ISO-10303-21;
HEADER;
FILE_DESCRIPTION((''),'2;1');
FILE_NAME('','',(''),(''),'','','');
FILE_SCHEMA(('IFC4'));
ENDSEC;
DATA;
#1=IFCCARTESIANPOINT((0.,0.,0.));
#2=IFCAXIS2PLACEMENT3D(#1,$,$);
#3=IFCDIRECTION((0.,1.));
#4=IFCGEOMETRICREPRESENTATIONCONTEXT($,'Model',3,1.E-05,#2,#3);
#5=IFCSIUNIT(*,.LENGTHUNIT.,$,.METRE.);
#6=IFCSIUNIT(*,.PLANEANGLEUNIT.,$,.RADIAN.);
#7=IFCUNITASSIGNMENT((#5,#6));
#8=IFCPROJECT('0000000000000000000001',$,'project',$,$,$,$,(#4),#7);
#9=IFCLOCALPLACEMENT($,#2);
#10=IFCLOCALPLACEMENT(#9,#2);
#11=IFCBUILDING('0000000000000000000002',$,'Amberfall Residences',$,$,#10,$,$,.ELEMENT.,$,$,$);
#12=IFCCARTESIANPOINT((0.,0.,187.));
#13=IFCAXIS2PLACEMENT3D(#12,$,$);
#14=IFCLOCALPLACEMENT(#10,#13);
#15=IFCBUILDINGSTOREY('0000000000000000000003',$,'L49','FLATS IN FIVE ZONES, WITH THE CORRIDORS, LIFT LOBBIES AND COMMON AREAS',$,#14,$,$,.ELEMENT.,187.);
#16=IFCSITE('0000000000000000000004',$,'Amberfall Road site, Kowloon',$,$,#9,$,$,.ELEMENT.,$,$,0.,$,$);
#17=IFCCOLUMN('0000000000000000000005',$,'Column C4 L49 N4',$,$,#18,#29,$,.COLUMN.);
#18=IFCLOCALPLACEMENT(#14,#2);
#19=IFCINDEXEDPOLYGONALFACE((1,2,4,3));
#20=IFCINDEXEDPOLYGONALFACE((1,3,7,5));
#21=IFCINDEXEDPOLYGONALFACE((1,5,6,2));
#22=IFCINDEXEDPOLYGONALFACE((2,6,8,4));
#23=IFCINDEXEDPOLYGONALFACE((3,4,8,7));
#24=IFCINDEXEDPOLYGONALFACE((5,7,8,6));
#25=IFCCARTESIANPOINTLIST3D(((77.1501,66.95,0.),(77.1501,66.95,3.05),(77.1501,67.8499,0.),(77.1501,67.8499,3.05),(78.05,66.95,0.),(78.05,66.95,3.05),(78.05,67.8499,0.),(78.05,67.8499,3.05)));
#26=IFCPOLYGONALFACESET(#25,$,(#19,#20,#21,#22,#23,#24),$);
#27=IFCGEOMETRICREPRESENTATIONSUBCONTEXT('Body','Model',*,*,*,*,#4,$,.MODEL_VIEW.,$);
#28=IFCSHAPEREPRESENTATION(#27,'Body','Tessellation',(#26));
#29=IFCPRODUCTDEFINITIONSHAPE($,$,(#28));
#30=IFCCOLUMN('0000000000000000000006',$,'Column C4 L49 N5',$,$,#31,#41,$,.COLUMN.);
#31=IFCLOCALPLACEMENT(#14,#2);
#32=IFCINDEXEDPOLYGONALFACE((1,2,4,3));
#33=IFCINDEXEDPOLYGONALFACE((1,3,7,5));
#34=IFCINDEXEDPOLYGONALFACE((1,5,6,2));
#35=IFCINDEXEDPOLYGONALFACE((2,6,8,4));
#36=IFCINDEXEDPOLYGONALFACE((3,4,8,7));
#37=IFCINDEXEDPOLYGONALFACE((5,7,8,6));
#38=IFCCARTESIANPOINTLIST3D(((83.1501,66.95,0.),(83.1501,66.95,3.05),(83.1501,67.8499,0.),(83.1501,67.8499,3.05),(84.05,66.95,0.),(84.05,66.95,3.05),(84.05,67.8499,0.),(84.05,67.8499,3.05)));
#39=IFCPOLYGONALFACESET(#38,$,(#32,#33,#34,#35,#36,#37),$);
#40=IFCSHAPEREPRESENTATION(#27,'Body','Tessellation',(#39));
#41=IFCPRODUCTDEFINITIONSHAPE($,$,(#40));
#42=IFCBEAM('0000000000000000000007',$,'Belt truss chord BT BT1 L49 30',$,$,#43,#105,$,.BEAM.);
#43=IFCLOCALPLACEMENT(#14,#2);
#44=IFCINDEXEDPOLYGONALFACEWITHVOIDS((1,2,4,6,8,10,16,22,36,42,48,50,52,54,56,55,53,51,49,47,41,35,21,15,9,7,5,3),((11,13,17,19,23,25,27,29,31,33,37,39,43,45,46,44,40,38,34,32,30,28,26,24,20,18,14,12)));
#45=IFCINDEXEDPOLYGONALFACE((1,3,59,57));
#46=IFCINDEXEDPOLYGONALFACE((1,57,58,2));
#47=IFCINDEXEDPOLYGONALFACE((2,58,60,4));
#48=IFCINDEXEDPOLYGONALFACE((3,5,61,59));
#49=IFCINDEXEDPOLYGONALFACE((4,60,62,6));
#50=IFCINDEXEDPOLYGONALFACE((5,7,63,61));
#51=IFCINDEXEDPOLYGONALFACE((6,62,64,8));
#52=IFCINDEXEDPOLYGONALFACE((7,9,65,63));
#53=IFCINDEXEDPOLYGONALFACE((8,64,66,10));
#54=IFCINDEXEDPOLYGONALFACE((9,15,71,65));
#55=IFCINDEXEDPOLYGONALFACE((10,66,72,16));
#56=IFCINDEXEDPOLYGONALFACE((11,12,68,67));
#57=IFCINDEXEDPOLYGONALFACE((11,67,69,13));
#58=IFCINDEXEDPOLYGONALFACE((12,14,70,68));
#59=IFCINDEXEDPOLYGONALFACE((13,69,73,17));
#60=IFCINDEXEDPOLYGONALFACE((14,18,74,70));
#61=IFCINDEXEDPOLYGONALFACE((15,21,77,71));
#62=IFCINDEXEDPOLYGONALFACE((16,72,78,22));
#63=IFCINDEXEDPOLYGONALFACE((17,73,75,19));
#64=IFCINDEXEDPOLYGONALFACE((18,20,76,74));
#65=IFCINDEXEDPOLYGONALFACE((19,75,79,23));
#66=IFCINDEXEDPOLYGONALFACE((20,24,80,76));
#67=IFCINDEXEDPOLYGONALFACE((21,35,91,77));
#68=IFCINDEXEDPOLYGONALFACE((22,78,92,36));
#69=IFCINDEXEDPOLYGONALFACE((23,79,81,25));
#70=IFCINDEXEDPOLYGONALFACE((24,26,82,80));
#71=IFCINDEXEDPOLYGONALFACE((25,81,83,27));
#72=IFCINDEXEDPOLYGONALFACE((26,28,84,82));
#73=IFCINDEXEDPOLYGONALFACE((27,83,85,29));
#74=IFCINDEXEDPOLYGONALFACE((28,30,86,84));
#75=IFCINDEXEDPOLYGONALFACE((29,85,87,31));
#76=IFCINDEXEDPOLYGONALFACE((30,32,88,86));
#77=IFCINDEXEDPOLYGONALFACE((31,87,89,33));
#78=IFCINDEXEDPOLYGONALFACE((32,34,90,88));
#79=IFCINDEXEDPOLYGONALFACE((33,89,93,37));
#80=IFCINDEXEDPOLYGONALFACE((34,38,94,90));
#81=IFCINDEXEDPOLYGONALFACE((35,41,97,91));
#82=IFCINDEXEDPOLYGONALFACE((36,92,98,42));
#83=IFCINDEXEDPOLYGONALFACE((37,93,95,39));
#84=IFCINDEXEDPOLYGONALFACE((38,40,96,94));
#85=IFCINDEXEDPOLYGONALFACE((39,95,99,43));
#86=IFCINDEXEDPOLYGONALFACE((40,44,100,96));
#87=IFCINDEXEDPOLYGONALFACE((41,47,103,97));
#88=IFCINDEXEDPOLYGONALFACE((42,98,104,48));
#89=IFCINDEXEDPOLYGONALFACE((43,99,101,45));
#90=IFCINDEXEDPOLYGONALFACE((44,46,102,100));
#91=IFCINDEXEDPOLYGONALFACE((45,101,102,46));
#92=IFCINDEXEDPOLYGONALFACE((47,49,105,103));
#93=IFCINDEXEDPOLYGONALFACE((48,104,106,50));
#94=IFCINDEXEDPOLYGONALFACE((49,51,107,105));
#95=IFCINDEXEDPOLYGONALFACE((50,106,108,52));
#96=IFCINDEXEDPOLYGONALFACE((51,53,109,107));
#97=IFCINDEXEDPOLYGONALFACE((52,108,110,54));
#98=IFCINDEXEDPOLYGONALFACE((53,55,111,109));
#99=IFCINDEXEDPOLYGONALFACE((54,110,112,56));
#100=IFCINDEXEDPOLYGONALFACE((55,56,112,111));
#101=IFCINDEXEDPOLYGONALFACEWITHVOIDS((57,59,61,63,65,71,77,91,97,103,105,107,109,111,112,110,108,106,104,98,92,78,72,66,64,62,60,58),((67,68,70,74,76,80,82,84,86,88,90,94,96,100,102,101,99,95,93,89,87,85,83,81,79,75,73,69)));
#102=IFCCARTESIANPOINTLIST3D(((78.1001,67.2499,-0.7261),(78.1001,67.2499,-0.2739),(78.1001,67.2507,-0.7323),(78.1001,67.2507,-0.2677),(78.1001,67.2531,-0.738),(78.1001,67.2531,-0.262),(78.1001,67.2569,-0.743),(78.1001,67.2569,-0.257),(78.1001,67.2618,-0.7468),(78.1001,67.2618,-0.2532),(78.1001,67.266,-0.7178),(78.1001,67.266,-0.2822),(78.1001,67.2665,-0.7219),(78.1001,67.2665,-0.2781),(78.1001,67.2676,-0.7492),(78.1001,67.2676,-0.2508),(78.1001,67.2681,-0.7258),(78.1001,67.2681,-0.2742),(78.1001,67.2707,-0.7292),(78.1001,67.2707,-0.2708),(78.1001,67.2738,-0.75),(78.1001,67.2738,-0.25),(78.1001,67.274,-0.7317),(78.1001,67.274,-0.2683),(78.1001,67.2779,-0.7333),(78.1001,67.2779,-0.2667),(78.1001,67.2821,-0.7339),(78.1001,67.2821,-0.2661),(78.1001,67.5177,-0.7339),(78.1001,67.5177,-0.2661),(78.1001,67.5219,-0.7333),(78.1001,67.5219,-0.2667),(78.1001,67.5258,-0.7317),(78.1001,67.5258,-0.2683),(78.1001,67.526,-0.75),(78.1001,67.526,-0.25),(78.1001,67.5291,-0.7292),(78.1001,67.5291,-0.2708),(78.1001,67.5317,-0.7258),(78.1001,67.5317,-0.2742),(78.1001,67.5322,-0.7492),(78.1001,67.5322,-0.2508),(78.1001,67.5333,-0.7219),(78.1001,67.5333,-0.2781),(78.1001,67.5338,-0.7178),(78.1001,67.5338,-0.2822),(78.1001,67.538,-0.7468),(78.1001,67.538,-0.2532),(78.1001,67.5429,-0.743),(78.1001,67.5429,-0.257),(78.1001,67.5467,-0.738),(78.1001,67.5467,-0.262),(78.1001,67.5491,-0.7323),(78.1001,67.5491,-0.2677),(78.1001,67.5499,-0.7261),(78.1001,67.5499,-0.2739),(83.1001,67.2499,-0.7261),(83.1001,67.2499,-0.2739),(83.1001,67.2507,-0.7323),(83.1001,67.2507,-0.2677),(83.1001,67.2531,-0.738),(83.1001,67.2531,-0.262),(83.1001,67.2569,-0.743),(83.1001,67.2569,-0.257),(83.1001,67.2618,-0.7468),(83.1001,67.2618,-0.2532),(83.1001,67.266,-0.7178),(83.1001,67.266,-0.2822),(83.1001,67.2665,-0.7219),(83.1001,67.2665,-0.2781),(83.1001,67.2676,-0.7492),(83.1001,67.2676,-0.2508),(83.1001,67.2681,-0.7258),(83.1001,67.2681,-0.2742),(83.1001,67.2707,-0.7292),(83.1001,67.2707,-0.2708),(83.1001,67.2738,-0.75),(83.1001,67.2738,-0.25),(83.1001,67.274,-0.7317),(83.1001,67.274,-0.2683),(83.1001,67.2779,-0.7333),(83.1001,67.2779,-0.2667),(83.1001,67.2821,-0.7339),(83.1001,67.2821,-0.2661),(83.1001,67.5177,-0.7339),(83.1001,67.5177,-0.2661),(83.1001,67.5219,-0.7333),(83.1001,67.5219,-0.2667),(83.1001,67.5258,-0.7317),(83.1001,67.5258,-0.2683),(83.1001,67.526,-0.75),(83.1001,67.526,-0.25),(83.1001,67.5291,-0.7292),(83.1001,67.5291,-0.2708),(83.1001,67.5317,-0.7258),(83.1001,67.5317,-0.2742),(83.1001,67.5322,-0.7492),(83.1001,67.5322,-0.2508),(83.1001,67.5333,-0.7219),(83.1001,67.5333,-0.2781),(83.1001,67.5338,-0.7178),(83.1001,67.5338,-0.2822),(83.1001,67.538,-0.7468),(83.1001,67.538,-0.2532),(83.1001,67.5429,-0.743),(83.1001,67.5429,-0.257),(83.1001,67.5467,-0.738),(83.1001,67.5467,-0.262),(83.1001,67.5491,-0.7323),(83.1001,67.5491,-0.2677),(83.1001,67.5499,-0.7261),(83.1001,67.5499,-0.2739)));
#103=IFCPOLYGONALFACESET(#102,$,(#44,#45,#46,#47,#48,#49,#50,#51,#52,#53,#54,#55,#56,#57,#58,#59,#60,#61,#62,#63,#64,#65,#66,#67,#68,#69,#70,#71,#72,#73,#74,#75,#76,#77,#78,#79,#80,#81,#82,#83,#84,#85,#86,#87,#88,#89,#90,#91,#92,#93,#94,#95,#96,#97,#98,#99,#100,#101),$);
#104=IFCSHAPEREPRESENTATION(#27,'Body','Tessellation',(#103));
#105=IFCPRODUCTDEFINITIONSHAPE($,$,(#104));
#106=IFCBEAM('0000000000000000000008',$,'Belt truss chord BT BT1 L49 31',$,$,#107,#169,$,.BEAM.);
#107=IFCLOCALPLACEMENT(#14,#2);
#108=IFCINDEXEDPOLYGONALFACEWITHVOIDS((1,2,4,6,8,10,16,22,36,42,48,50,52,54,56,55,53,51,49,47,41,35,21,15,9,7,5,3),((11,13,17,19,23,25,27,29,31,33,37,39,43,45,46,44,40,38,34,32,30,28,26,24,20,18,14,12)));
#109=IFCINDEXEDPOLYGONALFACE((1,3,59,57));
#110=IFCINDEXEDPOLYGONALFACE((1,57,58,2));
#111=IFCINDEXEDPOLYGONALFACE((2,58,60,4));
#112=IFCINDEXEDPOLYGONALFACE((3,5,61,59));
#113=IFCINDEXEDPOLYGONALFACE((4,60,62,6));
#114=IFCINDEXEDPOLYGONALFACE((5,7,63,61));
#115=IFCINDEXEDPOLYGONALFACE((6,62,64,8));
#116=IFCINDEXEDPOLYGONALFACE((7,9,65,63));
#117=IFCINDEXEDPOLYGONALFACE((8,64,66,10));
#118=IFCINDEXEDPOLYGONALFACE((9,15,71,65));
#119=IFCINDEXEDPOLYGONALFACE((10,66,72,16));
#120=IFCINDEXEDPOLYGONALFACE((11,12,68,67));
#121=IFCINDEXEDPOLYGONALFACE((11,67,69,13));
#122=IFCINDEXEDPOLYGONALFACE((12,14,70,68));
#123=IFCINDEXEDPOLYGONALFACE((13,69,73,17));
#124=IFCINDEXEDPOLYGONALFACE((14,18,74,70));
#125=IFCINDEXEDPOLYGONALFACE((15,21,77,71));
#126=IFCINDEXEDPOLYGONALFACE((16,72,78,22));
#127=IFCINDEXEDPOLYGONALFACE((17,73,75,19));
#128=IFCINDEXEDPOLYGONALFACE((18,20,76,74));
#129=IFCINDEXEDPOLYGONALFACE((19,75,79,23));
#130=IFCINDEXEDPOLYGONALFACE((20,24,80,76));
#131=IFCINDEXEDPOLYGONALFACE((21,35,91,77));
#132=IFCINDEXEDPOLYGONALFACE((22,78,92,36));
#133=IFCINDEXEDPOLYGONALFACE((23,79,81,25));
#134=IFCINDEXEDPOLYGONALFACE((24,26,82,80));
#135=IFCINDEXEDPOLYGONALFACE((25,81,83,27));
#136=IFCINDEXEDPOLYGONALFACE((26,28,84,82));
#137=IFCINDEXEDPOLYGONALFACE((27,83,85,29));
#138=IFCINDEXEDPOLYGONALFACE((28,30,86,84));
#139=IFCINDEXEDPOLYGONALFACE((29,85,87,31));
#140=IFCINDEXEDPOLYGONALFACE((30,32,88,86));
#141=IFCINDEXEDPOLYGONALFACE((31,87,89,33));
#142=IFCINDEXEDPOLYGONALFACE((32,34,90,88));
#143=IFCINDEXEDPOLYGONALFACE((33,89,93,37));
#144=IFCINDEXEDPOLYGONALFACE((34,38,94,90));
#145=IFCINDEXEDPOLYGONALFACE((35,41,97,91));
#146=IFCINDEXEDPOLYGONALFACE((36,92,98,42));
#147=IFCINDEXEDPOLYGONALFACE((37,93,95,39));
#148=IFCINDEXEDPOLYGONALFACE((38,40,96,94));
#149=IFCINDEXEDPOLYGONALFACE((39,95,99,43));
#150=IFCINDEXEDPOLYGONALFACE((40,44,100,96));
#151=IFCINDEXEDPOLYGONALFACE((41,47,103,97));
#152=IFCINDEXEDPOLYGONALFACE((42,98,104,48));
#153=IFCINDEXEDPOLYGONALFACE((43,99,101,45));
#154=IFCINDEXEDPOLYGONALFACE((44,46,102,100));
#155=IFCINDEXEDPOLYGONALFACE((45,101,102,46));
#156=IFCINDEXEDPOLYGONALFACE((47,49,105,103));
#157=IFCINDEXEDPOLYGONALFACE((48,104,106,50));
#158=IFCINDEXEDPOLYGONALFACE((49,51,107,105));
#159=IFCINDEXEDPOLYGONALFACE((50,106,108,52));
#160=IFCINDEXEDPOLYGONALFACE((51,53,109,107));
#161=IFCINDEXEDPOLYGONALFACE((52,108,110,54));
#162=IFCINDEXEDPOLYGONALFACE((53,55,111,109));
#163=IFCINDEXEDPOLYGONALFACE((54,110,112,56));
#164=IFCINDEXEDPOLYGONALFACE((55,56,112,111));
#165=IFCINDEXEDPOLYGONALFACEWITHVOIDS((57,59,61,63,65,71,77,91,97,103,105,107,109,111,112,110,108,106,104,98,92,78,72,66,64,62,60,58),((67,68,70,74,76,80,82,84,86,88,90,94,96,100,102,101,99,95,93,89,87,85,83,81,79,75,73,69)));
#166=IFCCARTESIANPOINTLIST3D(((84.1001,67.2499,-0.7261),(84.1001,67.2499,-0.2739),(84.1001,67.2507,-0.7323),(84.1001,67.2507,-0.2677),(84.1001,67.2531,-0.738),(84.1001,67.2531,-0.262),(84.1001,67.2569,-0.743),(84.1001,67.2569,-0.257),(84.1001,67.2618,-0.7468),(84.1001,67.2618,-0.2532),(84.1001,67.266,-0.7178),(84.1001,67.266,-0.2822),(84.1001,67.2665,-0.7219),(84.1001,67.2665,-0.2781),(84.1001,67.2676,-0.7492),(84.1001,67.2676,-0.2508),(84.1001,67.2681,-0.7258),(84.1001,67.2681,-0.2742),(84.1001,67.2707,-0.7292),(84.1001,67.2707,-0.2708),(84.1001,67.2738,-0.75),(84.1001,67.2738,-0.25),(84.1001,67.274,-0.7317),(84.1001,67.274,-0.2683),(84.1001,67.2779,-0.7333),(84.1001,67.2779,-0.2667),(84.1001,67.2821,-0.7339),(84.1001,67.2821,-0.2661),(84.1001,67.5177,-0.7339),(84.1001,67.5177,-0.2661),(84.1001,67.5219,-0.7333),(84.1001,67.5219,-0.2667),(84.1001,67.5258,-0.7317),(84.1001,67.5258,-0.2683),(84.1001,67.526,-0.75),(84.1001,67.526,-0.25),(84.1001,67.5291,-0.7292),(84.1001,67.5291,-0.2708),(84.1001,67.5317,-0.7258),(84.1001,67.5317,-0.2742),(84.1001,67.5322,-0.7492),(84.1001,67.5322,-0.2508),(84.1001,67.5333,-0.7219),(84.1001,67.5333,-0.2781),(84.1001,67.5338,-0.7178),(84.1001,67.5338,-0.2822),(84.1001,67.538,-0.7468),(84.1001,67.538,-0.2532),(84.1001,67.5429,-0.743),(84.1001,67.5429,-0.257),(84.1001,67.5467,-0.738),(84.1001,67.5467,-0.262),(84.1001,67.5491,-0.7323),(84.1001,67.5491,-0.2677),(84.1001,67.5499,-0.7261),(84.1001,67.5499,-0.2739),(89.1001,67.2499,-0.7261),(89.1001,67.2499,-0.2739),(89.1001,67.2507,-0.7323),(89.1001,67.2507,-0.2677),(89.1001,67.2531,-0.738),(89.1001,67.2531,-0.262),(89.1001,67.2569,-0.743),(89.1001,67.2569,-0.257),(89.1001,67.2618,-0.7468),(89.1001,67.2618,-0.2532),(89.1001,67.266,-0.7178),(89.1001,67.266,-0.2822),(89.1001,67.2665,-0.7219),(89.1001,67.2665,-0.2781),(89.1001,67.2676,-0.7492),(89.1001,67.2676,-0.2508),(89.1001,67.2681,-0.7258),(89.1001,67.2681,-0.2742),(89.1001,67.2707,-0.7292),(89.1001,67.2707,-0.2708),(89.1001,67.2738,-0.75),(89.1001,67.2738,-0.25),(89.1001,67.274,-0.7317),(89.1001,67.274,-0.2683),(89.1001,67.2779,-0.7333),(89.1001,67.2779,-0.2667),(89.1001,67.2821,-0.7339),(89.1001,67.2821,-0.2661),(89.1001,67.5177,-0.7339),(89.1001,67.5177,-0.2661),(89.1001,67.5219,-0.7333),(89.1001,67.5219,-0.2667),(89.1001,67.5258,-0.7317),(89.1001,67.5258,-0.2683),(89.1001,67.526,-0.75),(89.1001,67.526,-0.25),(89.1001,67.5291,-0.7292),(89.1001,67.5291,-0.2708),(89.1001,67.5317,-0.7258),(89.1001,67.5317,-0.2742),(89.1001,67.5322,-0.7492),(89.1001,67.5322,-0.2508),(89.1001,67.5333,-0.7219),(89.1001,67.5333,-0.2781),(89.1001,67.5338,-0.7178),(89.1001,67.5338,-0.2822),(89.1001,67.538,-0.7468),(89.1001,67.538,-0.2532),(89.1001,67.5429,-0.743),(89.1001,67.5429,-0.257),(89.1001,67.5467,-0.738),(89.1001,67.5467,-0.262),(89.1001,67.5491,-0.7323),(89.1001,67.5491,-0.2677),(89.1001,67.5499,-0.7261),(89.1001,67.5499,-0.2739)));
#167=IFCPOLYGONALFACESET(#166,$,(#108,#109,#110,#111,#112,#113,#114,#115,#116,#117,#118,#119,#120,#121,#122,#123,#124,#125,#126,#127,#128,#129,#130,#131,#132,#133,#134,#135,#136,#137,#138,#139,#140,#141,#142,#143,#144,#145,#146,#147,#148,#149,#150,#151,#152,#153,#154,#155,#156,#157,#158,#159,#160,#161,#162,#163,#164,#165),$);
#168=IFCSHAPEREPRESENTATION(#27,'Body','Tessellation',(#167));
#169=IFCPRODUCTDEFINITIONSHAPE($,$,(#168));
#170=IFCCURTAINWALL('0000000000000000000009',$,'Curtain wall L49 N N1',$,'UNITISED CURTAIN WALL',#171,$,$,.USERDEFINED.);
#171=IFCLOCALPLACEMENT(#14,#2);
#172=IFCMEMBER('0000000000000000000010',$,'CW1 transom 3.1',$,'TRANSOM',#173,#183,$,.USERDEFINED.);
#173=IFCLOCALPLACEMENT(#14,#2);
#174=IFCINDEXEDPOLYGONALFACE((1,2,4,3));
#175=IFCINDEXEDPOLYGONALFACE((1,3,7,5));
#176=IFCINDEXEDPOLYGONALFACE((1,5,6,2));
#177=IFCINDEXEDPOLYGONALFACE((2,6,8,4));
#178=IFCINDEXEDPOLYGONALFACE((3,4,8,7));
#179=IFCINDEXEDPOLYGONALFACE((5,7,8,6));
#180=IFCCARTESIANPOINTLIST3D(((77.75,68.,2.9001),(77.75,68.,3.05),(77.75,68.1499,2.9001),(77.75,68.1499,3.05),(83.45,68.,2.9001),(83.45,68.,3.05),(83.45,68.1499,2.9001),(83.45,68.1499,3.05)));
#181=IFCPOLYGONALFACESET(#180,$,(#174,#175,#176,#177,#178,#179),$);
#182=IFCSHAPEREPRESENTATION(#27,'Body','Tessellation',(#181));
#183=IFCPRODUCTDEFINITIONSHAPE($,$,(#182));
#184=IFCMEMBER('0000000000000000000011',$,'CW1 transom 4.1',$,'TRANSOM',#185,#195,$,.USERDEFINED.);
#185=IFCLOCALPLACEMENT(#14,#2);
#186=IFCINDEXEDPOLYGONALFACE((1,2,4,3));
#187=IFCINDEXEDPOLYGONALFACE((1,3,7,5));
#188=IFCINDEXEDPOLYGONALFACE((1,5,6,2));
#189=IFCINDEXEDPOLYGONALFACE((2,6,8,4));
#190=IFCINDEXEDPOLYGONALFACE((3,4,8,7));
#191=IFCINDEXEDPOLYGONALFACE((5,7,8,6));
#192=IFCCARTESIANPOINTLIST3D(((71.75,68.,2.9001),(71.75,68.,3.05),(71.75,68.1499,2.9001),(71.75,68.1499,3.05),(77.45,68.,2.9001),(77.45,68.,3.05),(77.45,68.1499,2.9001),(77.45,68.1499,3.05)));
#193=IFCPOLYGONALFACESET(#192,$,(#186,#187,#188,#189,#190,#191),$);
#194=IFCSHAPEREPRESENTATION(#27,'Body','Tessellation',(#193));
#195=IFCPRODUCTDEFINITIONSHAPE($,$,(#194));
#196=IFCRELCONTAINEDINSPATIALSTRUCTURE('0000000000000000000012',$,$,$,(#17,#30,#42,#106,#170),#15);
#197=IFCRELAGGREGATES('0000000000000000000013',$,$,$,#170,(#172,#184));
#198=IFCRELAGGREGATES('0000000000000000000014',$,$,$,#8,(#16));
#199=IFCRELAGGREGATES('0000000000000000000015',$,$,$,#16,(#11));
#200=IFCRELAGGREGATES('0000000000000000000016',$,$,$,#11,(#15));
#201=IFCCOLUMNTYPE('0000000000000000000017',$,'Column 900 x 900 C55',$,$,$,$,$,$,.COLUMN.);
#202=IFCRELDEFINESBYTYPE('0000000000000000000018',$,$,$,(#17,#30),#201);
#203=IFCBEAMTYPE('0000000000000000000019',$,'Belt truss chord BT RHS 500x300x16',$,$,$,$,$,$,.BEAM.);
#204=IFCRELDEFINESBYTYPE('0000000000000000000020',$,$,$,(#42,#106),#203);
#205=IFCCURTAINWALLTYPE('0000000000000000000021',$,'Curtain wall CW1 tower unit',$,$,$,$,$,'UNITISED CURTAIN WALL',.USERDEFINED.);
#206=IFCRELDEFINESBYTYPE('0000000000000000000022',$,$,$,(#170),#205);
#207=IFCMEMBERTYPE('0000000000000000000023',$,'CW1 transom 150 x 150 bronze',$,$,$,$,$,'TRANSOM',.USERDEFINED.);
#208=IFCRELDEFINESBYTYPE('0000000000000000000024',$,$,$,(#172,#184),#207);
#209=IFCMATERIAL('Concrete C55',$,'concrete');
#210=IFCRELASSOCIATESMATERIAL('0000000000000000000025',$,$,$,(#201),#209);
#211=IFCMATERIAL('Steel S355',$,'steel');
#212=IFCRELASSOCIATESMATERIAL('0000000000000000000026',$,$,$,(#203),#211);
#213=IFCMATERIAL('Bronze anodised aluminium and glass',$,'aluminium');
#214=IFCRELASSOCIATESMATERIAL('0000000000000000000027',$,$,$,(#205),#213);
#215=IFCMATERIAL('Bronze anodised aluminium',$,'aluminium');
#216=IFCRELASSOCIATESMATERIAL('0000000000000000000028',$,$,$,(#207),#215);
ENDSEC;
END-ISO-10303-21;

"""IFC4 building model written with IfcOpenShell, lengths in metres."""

from ifc_helpers import new_model, si_unit, direction, frame, origin, origin_2d, place, context, subcontext, project, spatial, rectangle, hollow_rectangle, extrude, material, material_profile, profile_set, type_object, element, aggregate, save


model = new_model("IFC4")

# Units and contexts
model_context = context("Model", 3, precision=1e-05, world=origin(), true_north=direction((0.0, 1.0)))
body_context = subcontext(model_context, "Body", "Model", "MODEL_VIEW")
ifc_project = project(units=[si_unit("LENGTHUNIT", "METRE"), si_unit("PLANEANGLEUNIT", "RADIAN")], contexts=[model_context])

# Site, building, storey
site_placement = place(None, origin())
site = spatial("IfcSite", under=ifc_project, at=site_placement, Name="Amberfall Road site, Kowloon", CompositionType="ELEMENT", RefElevation=0.0)
building_placement = place(site_placement, origin())
building = spatial("IfcBuilding", under=site, at=building_placement, Name="Amberfall Residences", CompositionType="ELEMENT")
storey_placement = place(building_placement, frame((0.0, 0.0, 187.0)))
storey = spatial("IfcBuildingStorey", under=building, at=storey_placement, Name="L49", Description="FLATS IN FIVE ZONES, WITH THE CORRIDORS, LIFT LOBBIES AND COMMON AREAS", CompositionType="ELEMENT", Elevation=187.0)

# Columns
ifc_material_1 = material(Name="Concrete C55", Category="concrete")
ifc_material_profile_1 = material_profile(ifc_material_1, rectangle(XDim=0.8999, YDim=0.8999, at=origin_2d()), Name="Column 900 x 900 C55")
ifc_profile_set_1 = profile_set([ifc_material_profile_1], Name="Concrete C55")
column_type = type_object("IfcColumnType", Name="Column 900 x 900 C55", PredefinedType="COLUMN", material=ifc_profile_set_1)
for number, where, z_axis, x_axis, name in (
    (1, (77.6001, 67.3999, 0.0), (0.0, 0.0, 1.0), (1.0, 0.0, 0.0), "Column C4 L49 N4"),
    (2, (83.6001, 67.3999, 0.0), (0.0, 0.0, 1.0), (1.0, 0.0, 0.0), "Column C4 L49 N5"),
):
    element("IfcColumn", number, at=place(storey_placement, frame(where, z_axis=z_axis, x_axis=x_axis)), inside=storey, type_object=column_type, Name=name, PredefinedType="COLUMN", context=body_context, shape_type="SweptSolid", body=[
        extrude(rectangle(XDim=0.8999, YDim=0.8999, at=origin_2d()), origin(), (0.0, 0.0, 1.0), 3.05),
    ])

# Beams
ifc_material_2 = material(Name="Steel S355", Category="steel")
ifc_material_profile_2 = material_profile(ifc_material_2, hollow_rectangle(XDim=0.3, YDim=0.5, WallThickness=0.0161, InnerFilletRadius=0.0161, OuterFilletRadius=0.0239, at=origin_2d()), Name="RHS 500x300x16")
ifc_profile_set_2 = profile_set([ifc_material_profile_2], Name="Steel S355")
beam_type_1 = type_object("IfcBeamType", Name="Belt truss chord BT RHS 500x300x16", PredefinedType="BEAM", material=ifc_profile_set_2)
for number, where, z_axis, x_axis, name in (
    (3, (78.1001, 67.3999, -0.5), (1.0, 0.0, 0.0), (0.0, 1.0, 0.0), "Belt truss chord BT BT1 L49 30"),
    (4, (84.1001, 67.3999, -0.5), (1.0, 0.0, 0.0), (0.0, 1.0, 0.0), "Belt truss chord BT BT1 L49 31"),
):
    element("IfcBeam", number, at=place(storey_placement, frame(where, z_axis=z_axis, x_axis=x_axis)), inside=storey, type_object=beam_type_1, Name=name, PredefinedType="BEAM", context=body_context, shape_type="SweptSolid", body=[
        extrude(hollow_rectangle(XDim=0.3, YDim=0.5, WallThickness=0.0161, InnerFilletRadius=0.0161, OuterFilletRadius=0.0239, at=origin_2d()), origin(), (0.0, 0.0, 1.0), 5.0),
    ])

# Curtain wall, members
ifc_material_3 = material(Name="Bronze anodised aluminium and glass", Category="aluminium")
curtain_wall_type = type_object("IfcCurtainWallType", Name="Curtain wall CW1 tower unit", ElementType="UNITISED CURTAIN WALL", PredefinedType="USERDEFINED", material=ifc_material_3)
curtain_wall_placement = place(storey_placement, origin())
curtain_wall = element("IfcCurtainWall", 5, at=curtain_wall_placement, inside=storey, type_object=curtain_wall_type, Name="Curtain wall L49 N N1", ObjectType="UNITISED CURTAIN WALL", PredefinedType="USERDEFINED")
ifc_material_4 = material(Name="Bronze anodised aluminium", Category="aluminium")
ifc_material_profile_3 = material_profile(ifc_material_4, rectangle(XDim=0.1499, YDim=0.1499, at=origin_2d()), Name="CW1 transom 150 x 150 bronze")
ifc_profile_set_3 = profile_set([ifc_material_profile_3], Name="Bronze anodised aluminium")
member_type_1 = type_object("IfcMemberType", Name="CW1 transom 150 x 150 bronze", ElementType="TRANSOM", PredefinedType="USERDEFINED", material=ifc_profile_set_3)
member_1_placement = place(storey_placement, frame((83.45, 68.075, 2.9751), z_axis=(-1.0, 0.0, 0.0), x_axis=(0.0, -1.0, 0.0)))
member_1 = element("IfcMember", 6, at=member_1_placement, type_object=member_type_1, Name="CW1 transom 3.1", ObjectType="TRANSOM", PredefinedType="USERDEFINED", context=body_context, shape_type="SweptSolid", body=[
    extrude(rectangle(XDim=0.1499, YDim=0.1499, at=origin_2d()), origin(), (0.0, 0.0, 1.0), 5.7),
])
member_2_placement = place(storey_placement, frame((77.45, 68.075, 2.9751), z_axis=(-1.0, 0.0, 0.0), x_axis=(0.0, -1.0, 0.0)))
member_2 = element("IfcMember", 7, at=member_2_placement, type_object=member_type_1, Name="CW1 transom 4.1", ObjectType="TRANSOM", PredefinedType="USERDEFINED", context=body_context, shape_type="SweptSolid", body=[
    extrude(rectangle(XDim=0.1499, YDim=0.1499, at=origin_2d()), origin(), (0.0, 0.0, 1.0), 5.7),
])

aggregate(curtain_wall, [member_1, member_2])

save(model, "model.ifc")
